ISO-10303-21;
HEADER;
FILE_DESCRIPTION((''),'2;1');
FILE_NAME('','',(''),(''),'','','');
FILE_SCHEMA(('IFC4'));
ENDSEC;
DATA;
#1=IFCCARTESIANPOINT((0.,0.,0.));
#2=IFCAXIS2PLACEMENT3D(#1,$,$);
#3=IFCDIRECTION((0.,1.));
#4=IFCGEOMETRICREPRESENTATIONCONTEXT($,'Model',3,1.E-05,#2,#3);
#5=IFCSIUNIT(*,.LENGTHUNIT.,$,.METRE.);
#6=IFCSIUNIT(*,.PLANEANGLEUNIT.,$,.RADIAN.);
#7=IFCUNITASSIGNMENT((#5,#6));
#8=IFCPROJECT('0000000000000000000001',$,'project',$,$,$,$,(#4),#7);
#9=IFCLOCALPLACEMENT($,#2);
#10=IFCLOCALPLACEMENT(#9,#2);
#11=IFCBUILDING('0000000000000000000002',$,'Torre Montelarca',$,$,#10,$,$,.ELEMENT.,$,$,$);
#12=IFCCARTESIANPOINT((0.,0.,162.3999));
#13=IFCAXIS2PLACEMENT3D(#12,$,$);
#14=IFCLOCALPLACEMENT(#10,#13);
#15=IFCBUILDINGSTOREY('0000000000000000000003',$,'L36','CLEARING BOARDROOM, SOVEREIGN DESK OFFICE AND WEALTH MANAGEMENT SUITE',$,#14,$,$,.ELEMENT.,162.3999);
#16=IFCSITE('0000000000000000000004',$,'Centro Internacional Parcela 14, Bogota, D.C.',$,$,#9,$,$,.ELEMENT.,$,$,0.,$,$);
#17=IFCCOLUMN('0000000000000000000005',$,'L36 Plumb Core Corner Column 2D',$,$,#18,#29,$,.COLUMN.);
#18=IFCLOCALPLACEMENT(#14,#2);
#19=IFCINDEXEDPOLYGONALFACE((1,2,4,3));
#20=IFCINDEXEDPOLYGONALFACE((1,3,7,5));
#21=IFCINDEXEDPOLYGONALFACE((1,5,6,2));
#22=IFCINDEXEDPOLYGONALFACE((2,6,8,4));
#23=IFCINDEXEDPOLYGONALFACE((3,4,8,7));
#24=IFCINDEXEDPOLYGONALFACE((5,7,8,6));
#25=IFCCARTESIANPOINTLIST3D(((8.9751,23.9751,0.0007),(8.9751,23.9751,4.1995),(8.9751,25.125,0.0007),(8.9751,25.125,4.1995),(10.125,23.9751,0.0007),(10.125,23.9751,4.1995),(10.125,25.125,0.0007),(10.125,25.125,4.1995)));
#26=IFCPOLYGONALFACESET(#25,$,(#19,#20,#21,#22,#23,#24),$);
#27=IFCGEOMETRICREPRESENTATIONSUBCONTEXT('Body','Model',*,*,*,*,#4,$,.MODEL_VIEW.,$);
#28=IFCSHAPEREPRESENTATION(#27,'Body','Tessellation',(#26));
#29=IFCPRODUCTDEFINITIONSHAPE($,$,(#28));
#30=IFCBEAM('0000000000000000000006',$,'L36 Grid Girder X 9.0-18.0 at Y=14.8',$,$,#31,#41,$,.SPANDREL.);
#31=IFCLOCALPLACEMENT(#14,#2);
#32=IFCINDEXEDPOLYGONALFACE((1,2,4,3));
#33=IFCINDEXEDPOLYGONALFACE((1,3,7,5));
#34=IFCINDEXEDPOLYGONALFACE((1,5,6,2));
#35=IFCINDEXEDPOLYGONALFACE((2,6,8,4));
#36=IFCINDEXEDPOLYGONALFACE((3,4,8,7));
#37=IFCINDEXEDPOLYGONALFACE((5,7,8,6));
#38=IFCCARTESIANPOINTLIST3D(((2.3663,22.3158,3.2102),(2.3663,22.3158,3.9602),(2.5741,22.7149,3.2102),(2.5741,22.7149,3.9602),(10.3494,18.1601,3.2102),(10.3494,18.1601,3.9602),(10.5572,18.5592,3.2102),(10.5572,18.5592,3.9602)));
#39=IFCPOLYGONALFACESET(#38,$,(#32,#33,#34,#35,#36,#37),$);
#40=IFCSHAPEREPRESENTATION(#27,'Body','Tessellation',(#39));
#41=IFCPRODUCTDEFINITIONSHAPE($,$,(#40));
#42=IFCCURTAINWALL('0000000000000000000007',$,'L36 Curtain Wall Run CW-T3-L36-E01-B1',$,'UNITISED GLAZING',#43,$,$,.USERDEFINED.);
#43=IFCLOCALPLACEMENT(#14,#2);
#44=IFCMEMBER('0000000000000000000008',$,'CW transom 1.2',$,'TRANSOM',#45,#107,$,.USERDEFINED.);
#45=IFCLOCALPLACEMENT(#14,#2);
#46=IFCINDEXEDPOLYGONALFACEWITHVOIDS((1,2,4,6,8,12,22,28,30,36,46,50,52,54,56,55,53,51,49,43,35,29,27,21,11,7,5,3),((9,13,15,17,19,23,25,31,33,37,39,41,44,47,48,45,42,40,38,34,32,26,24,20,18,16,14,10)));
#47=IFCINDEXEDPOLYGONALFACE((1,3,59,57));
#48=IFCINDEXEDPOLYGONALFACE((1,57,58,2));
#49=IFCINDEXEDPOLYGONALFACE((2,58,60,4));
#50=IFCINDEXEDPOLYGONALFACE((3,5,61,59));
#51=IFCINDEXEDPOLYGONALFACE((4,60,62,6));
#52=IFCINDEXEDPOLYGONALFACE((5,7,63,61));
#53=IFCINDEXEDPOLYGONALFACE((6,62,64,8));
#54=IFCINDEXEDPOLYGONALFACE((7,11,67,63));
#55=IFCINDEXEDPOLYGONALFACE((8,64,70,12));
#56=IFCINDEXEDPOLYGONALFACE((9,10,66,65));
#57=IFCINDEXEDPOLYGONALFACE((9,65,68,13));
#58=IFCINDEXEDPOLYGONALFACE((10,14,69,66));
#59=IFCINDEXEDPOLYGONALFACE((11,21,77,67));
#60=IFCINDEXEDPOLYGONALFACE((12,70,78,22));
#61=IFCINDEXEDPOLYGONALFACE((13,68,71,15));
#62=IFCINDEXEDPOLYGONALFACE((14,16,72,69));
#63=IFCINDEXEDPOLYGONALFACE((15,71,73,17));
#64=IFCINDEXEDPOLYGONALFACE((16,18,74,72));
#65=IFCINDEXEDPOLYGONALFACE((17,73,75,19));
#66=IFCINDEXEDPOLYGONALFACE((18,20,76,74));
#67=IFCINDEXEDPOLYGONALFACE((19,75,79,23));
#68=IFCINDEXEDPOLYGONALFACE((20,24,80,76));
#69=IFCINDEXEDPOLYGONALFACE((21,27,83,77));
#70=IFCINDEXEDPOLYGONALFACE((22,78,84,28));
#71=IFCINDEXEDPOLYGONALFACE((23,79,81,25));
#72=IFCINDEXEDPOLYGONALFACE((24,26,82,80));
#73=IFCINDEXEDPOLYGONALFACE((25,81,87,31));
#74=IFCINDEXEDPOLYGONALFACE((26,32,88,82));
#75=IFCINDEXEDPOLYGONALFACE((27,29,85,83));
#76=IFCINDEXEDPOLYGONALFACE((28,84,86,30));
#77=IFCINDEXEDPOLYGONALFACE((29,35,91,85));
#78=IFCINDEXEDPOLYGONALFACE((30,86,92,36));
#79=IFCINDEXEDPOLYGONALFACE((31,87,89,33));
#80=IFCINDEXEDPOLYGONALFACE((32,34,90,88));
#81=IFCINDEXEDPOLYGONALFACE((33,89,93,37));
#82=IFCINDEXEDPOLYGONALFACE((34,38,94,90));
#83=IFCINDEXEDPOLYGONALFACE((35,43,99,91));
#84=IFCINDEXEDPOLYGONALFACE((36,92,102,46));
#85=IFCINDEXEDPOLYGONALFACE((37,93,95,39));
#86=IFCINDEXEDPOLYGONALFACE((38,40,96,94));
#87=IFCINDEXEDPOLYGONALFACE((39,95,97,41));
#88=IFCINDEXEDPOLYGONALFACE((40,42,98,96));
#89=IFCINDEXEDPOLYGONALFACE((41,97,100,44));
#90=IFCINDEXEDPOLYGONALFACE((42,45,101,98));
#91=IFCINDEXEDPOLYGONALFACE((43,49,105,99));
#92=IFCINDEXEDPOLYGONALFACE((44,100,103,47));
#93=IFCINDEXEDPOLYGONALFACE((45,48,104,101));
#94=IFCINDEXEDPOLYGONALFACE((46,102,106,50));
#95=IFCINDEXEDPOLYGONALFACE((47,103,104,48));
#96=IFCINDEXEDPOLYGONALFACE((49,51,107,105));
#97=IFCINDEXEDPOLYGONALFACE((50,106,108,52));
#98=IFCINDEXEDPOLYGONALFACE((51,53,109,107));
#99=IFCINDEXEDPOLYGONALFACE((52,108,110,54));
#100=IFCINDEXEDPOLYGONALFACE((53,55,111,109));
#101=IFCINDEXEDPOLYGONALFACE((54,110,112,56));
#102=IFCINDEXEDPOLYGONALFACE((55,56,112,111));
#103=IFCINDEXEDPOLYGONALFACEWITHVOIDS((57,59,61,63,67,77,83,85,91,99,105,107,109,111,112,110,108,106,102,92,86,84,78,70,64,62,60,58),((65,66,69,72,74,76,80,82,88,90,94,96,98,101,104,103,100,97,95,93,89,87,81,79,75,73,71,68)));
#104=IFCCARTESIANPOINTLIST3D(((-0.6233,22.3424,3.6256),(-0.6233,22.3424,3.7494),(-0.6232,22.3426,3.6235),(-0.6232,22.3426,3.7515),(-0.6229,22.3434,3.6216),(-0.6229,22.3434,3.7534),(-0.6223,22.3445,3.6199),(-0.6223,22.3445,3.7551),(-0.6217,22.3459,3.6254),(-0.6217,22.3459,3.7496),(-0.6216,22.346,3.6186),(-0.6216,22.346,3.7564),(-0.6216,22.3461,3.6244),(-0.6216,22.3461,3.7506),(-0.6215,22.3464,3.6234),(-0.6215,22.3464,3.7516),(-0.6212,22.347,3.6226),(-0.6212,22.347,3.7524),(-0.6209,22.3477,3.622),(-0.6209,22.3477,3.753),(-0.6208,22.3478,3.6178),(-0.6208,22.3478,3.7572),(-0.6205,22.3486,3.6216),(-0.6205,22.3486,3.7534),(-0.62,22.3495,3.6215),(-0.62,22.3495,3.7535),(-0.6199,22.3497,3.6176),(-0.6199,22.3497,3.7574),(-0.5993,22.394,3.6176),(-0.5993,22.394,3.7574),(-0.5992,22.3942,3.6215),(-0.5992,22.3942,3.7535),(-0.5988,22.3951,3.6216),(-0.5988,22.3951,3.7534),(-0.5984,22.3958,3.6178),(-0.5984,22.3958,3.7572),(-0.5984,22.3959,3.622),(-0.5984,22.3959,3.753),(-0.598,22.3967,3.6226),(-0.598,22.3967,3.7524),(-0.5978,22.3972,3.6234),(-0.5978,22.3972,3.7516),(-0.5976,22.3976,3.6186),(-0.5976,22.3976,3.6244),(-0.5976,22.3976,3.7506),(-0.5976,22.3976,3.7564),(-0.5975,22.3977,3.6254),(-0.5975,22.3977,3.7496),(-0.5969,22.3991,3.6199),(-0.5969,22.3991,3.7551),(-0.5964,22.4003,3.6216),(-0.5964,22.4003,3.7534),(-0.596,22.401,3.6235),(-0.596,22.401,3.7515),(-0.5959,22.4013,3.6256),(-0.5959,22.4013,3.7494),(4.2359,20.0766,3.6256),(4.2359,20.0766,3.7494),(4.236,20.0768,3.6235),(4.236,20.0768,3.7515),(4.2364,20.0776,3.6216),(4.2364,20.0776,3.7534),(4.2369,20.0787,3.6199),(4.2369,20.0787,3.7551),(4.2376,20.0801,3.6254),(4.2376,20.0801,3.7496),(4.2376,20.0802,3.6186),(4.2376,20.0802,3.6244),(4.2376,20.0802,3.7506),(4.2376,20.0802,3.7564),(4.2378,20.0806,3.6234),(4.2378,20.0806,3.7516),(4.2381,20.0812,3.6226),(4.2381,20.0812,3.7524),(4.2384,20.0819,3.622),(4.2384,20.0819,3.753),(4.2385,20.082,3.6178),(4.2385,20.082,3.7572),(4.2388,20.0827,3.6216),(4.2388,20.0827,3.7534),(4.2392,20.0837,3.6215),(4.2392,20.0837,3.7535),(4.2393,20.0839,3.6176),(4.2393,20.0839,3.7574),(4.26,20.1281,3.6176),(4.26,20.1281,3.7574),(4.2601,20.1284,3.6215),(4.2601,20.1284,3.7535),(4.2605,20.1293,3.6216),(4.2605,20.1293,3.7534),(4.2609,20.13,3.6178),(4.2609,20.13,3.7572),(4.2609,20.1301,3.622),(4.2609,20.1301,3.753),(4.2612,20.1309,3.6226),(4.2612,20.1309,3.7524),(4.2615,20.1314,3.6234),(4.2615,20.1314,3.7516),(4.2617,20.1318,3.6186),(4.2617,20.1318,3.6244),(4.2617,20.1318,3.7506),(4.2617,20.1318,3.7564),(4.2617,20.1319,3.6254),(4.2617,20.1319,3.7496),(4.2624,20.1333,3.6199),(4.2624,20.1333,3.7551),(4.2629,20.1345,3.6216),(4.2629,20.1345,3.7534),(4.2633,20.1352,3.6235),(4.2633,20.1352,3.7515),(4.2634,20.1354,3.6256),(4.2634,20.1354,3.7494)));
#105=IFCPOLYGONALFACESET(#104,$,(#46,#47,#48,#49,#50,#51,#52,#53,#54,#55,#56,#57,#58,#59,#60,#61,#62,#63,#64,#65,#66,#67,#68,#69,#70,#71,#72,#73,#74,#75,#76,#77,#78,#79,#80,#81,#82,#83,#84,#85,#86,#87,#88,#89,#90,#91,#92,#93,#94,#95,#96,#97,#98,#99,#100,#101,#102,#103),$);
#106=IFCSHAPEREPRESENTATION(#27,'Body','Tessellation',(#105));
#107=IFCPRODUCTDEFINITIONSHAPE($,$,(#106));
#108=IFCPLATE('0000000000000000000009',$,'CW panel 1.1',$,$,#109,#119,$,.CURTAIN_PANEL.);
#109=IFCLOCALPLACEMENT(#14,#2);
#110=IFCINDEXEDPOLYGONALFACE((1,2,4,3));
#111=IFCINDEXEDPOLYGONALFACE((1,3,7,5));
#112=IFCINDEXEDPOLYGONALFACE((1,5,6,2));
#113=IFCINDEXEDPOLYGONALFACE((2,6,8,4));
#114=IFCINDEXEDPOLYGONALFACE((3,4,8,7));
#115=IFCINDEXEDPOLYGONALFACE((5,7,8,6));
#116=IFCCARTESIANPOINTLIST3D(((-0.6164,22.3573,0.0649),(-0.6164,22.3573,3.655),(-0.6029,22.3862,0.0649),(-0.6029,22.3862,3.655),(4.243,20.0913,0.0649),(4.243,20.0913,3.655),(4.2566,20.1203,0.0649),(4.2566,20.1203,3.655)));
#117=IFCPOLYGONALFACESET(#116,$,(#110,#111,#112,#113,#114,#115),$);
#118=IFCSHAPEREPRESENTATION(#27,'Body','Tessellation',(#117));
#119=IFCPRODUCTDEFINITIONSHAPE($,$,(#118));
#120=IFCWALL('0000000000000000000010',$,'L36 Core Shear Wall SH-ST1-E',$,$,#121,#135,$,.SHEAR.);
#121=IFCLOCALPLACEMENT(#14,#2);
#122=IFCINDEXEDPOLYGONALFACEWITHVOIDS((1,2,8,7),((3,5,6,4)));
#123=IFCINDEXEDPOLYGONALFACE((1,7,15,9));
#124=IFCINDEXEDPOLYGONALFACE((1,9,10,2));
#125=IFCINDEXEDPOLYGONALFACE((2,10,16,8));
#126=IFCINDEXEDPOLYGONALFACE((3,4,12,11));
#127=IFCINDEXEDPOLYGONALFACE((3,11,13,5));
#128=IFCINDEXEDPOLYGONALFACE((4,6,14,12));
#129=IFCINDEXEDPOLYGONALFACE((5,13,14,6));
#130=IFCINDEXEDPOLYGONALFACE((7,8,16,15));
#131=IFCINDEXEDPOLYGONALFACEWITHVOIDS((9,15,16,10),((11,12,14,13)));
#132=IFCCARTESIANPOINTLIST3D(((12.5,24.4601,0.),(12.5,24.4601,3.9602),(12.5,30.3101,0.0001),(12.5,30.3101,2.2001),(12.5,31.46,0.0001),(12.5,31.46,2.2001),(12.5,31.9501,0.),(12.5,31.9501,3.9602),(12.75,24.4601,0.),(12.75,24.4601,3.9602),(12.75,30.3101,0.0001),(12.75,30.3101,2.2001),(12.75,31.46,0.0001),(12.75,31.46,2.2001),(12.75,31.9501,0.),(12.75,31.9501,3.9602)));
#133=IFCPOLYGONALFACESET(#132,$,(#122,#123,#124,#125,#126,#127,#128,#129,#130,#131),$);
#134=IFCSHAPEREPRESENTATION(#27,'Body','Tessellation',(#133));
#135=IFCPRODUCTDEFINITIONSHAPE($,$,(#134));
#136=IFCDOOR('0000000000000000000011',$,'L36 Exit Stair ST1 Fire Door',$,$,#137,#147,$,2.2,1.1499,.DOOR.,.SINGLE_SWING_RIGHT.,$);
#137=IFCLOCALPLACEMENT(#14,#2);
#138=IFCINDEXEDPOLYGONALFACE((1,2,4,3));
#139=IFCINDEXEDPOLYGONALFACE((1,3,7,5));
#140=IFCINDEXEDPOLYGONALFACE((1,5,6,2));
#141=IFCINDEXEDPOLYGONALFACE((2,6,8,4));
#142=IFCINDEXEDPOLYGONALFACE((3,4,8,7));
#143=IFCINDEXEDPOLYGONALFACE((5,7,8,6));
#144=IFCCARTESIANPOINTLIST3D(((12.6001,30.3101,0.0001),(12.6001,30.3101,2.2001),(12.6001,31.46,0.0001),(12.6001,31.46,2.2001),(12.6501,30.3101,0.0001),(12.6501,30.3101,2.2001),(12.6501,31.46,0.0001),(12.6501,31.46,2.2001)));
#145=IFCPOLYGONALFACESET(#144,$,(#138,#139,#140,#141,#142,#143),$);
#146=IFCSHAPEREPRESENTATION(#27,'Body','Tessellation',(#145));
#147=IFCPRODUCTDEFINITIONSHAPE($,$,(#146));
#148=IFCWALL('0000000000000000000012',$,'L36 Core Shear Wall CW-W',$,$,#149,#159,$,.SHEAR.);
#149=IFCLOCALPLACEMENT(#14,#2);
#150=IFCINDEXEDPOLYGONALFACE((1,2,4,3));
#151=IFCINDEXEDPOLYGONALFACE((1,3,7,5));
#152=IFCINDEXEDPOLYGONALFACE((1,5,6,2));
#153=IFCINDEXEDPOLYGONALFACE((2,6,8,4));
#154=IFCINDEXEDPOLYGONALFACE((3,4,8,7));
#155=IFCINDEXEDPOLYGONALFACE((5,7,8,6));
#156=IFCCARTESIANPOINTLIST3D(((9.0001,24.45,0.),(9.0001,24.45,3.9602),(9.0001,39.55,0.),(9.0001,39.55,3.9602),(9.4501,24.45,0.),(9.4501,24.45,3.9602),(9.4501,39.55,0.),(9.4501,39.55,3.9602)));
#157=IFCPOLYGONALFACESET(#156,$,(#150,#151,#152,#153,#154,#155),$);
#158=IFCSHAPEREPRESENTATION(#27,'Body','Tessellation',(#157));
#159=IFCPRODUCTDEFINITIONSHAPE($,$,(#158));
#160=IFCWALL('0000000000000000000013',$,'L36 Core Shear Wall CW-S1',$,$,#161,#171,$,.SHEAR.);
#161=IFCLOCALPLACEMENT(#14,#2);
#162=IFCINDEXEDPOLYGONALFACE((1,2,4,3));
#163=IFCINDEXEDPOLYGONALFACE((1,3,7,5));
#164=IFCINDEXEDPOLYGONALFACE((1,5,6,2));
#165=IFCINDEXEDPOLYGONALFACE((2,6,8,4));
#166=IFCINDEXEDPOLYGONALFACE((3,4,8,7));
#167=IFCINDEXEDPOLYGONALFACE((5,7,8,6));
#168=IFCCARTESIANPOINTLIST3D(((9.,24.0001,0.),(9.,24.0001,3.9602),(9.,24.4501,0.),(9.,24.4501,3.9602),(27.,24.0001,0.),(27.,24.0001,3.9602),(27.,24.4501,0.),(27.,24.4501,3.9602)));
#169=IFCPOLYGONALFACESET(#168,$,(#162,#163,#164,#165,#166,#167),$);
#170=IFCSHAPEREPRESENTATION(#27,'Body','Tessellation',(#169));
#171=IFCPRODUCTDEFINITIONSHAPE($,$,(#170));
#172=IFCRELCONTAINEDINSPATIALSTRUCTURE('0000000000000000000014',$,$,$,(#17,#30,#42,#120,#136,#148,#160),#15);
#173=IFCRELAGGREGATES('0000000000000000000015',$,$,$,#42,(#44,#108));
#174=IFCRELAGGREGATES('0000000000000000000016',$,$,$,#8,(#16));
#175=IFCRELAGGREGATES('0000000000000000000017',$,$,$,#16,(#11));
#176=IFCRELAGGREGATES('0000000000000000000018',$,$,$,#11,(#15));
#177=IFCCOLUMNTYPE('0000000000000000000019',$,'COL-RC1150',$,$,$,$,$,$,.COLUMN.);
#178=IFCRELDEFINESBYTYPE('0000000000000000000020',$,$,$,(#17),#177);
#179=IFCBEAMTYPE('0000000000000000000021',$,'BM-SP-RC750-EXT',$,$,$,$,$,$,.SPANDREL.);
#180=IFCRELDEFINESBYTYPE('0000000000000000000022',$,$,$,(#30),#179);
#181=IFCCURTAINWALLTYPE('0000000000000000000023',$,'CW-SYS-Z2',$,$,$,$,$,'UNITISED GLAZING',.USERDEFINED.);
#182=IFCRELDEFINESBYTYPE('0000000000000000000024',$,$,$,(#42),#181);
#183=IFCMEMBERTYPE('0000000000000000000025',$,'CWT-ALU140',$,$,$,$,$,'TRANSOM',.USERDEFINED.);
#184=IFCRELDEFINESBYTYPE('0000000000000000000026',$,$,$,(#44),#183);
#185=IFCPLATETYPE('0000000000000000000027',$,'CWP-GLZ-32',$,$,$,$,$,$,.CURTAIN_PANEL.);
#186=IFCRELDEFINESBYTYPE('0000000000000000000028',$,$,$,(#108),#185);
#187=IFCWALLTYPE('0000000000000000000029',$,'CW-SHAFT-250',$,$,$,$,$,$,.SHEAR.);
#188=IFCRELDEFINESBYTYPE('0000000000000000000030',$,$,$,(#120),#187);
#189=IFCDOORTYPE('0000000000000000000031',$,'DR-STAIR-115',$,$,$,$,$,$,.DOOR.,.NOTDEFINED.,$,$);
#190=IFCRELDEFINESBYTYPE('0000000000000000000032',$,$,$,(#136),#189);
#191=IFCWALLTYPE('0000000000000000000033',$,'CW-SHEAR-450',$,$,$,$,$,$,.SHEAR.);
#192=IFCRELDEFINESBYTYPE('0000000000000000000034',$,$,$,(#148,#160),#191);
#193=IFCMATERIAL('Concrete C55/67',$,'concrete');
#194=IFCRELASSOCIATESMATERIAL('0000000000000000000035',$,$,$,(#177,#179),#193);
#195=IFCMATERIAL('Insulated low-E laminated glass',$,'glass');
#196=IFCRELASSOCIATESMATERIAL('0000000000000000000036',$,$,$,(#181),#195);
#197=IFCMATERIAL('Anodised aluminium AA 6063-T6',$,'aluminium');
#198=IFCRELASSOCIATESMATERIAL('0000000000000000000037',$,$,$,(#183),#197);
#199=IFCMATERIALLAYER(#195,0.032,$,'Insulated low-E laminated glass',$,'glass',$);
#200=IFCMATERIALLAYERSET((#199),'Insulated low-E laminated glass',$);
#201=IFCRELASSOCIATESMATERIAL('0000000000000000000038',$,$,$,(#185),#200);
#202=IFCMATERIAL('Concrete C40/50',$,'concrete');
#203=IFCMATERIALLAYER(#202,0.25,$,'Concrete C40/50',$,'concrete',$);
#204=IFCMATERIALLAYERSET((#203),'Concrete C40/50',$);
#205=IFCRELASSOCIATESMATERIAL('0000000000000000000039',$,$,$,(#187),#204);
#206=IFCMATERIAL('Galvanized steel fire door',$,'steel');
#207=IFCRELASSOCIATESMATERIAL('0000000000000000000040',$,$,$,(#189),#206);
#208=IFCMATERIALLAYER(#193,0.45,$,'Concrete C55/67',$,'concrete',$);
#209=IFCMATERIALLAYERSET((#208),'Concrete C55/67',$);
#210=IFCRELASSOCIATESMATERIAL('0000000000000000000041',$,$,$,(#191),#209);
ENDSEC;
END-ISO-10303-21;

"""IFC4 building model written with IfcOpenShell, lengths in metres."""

from ifc_helpers import new_model, si_unit, direction, frame, frame_2d, origin, origin_2d, place, context, subcontext, project, spatial, rectangle, hollow_rectangle, extrude, source, transform, mapped, material, layer, layer_set, material_profile, profile_set, type_object, element, fill, aggregate, save


model = new_model("IFC4")

# Units and contexts
model_context = context("Model", 3, precision=1e-05, world=origin(), true_north=direction((0.0, 1.0)))
body_context = subcontext(model_context, "Body", "Model", "MODEL_VIEW")
ifc_project = project(units=[si_unit("LENGTHUNIT", "METRE"), si_unit("PLANEANGLEUNIT", "RADIAN")], contexts=[model_context])

# Site, building, storey
site_placement = place(None, origin())
site = spatial("IfcSite", under=ifc_project, at=site_placement, Name="Centro Internacional Parcela 14, Bogota, D.C.", CompositionType="ELEMENT", RefElevation=0.0)
building_placement = place(site_placement, origin())
building = spatial("IfcBuilding", under=site, at=building_placement, Name="Torre Montelarca", CompositionType="ELEMENT")
storey_placement = place(building_placement, frame((0.0, 0.0, 162.3999)))
storey = spatial("IfcBuildingStorey", under=building, at=storey_placement, Name="L36", Description="CLEARING BOARDROOM, SOVEREIGN DESK OFFICE AND WEALTH MANAGEMENT SUITE", CompositionType="ELEMENT", Elevation=162.3999)

# Column
ifc_material_1 = material(Name="Concrete C55/67", Category="concrete")
ifc_material_profile_1 = material_profile(ifc_material_1, rectangle(XDim=1.1499, YDim=1.1499, at=origin_2d()), Name="RC1150X1150", Category="concrete")
ifc_profile_set_1 = profile_set([ifc_material_profile_1], Name="Concrete C55/67")
column_type_1 = type_object("IfcColumnType", Name="COL-RC1150", PredefinedType="COLUMN", material=ifc_profile_set_1)
shared_shape_1 = source(origin(), body_context, "Body", "SweptSolid", [
    extrude(rectangle(XDim=1.1499, YDim=1.1499, at=origin_2d()), origin(), (0.0, 0.0, 1.0), 4.1987),
])
column_1_placement = place(storey_placement, frame((9.55, 24.55, 0.0007), z_axis=(0.0, 0.0, 1.0), x_axis=(1.0, 0.0, 0.0)))
element("IfcColumn", 1, at=column_1_placement, inside=storey, type_object=column_type_1, Name="L36 Plumb Core Corner Column 2D", PredefinedType="COLUMN", context=body_context, shape_type="MappedRepresentation", body=[
    mapped(shared_shape_1, transform((0.0, 0.0, 0.0), scale=1.0)),
])

# Beam
ifc_material_profile_2 = material_profile(ifc_material_1, rectangle(XDim=0.45, YDim=0.75, at=origin_2d()), Name="RCB450X750", Category="concrete")
ifc_profile_set_2 = profile_set([ifc_material_profile_2], Name="Concrete C55/67")
beam_type = type_object("IfcBeamType", Name="BM-SP-RC750-EXT", PredefinedType="SPANDREL", material=ifc_profile_set_2)
shared_shape_2 = source(origin(), body_context, "Body", "SweptSolid", [
    extrude(rectangle(XDim=0.45, YDim=0.75, at=origin_2d()), origin(), (0.0, 0.0, 1.0), 9.0),
])
beam_placement = place(storey_placement, frame((2.4702, 22.5154, 3.5852), z_axis=(0.887011, -0.461748, 0.0), x_axis=(0.461748, 0.887011, 0.0)))
element("IfcBeam", 2, at=beam_placement, inside=storey, type_object=beam_type, Name="L36 Grid Girder X 9.0-18.0 at Y=14.8", PredefinedType="SPANDREL", context=body_context, shape_type="MappedRepresentation", body=[
    mapped(shared_shape_2, transform((0.0, 0.0, 0.0), scale=1.0)),
])

# Curtain wall, member, plate
ifc_material_2 = material(Name="Insulated low-E laminated glass", Category="glass")
curtain_wall_type = type_object("IfcCurtainWallType", Name="CW-SYS-Z2", ElementType="UNITISED GLAZING", PredefinedType="USERDEFINED", material=ifc_material_2)
curtain_wall_placement = place(storey_placement, origin())
curtain_wall = element("IfcCurtainWall", 3, at=curtain_wall_placement, inside=storey, type_object=curtain_wall_type, Name="L36 Curtain Wall Run CW-T3-L36-E01-B1", ObjectType="UNITISED GLAZING", PredefinedType="USERDEFINED")
ifc_material_3 = material(Name="Anodised aluminium AA 6063-T6", Category="aluminium")
ifc_material_profile_3 = material_profile(ifc_material_3, hollow_rectangle(XDim=0.0649, YDim=0.1399, WallThickness=0.0039, InnerFilletRadius=0.0039, OuterFilletRadius=0.0081, at=origin_2d()), Name="ALU65X140X4", Category="aluminium")
ifc_profile_set_3 = profile_set([ifc_material_profile_3], Name="Anodised aluminium AA 6063-T6")
member_type = type_object("IfcMemberType", Name="CWT-ALU140", ElementType="TRANSOM", PredefinedType="USERDEFINED", material=ifc_profile_set_3)
shared_shape_3 = source(origin(), body_context, "Body", "SweptSolid", [
    extrude(hollow_rectangle(XDim=0.0649, YDim=0.1399, WallThickness=0.0039, InnerFilletRadius=0.0039, OuterFilletRadius=0.0081, at=origin_2d()), origin(), (0.0, 0.0, 1.0), 5.3616),
])
member_placement = place(storey_placement, frame((-0.6096, 22.3718, 3.6875), z_axis=(0.906315, -0.422604, 0.0), x_axis=(0.422604, 0.906315, 0.0)))
member = element("IfcMember", 4, at=member_placement, type_object=member_type, Name="CW transom 1.2", ObjectType="TRANSOM", PredefinedType="USERDEFINED", context=body_context, shape_type="MappedRepresentation", body=[
    mapped(shared_shape_3, transform((0.0, 0.0, 0.0), scale=1.0)),
])
ifc_layer_1 = layer(ifc_material_2, 0.032, Name="Insulated low-E laminated glass", Category="glass")
ifc_layer_set_1 = layer_set([ifc_layer_1], Name="Insulated low-E laminated glass")
plate_type = type_object("IfcPlateType", Name="CWP-GLZ-32", PredefinedType="CURTAIN_PANEL", material=ifc_layer_set_1)
shared_shape_4 = source(origin(), body_context, "Body", "SweptSolid", [
    extrude(rectangle(XDim=5.3618, YDim=0.032, at=origin_2d()), origin(), (0.0, 0.0, 1.0), 3.5901),
])
plate_placement = place(storey_placement, frame((1.8201, 21.2388, 0.0649), z_axis=(0.0, 0.0, 1.0), x_axis=(0.906311, -0.422611, 0.0)))
plate = element("IfcPlate", 5, at=plate_placement, type_object=plate_type, Name="CW panel 1.1", PredefinedType="CURTAIN_PANEL", context=body_context, shape_type="MappedRepresentation", body=[
    mapped(shared_shape_4, transform((0.0, 0.0, 0.0), scale=1.0)),
])
aggregate(curtain_wall, [member, plate])

# Wall, opening, door
ifc_material_4 = material(Name="Concrete C40/50", Category="concrete")
ifc_layer_2 = layer(ifc_material_4, 0.25, Name="Concrete C40/50", Category="concrete")
ifc_layer_set_2 = layer_set([ifc_layer_2], Name="Concrete C40/50")
wall_type_1 = type_object("IfcWallType", Name="CW-SHAFT-250", PredefinedType="SHEAR", material=ifc_layer_set_2)
wall_1_placement = place(storey_placement, frame((12.625, 24.46, 0.0), z_axis=(0.0, 0.0, 1.0), x_axis=(0.0, 1.0, 0.0)))
wall_1 = element("IfcWall", 6, at=wall_1_placement, inside=storey, type_object=wall_type_1, Name="L36 Core Shear Wall SH-ST1-E", PredefinedType="SHEAR", context=body_context, shape_type="SweptSolid", body=[
    extrude(rectangle(XDim=7.49, YDim=0.25, at=frame_2d((3.7451, 0.0))), origin(), (0.0, 0.0, 1.0), 3.9602),
])
opening_1_placement = place(wall_1_placement, frame((5.8501, 0.0, 0.0)))
opening_1 = element("IfcOpeningElement", 7, at=opening_1_placement, cuts=wall_1, PredefinedType="OPENING", context=body_context, shape_type="SweptSolid", body=[
    extrude(rectangle(XDim=1.1499, YDim=2.2, at=frame_2d((0.575, 1.1001))), frame((0.0, 0.135, 0.0), z_axis=(0.0, -1.0, 0.0), x_axis=(1.0, 0.0, 0.0)), (0.0, 0.0, 1.0), 0.27),
])
ifc_material_5 = material(Name="Galvanized steel fire door", Category="steel")
door_type_1 = type_object("IfcDoorType", Name="DR-STAIR-115", OperationType="NOTDEFINED", PredefinedType="DOOR", material=ifc_material_5)
shared_shape_5 = source(origin(), body_context, "Body", "SweptSolid", [
    extrude(rectangle(XDim=1.1499, YDim=2.2, at=frame_2d((0.575, 1.1001))), frame((0.0, 0.0249, 0.0), z_axis=(0.0, -1.0, 0.0), x_axis=(1.0, 0.0, 0.0)), (0.0, 0.0, 1.0), 0.05),
])
door_1_placement = place(opening_1_placement, origin())
door_1 = element("IfcDoor", 8, at=door_1_placement, inside=storey, type_object=door_type_1, Name="L36 Exit Stair ST1 Fire Door", OperationType="SINGLE_SWING_RIGHT", OverallHeight=2.2, OverallWidth=1.1499, PredefinedType="DOOR", context=body_context, shape_type="MappedRepresentation", body=[
    mapped(shared_shape_5, transform((0.0, 0.0, 0.0), scale=1.0)),
])
fill(opening_1, door_1)

# Walls
ifc_layer_3 = layer(ifc_material_1, 0.45, Name="Concrete C55/67", Category="concrete")
ifc_layer_set_3 = layer_set([ifc_layer_3], Name="Concrete C55/67")
wall_type_2 = type_object("IfcWallType", Name="CW-SHEAR-450", PredefinedType="SHEAR", material=ifc_layer_set_3)
wall_2_placement = place(storey_placement, frame((9.2251, 24.45, 0.0), z_axis=(0.0, 0.0, 1.0), x_axis=(0.0, 1.0, 0.0)))
element("IfcWall", 9, at=wall_2_placement, inside=storey, type_object=wall_type_2, Name="L36 Core Shear Wall CW-W", PredefinedType="SHEAR", context=body_context, shape_type="SweptSolid", body=[
    extrude(rectangle(XDim=15.1001, YDim=0.45, at=frame_2d((7.55, 0.0))), origin(), (0.0, 0.0, 1.0), 3.9602),
])
wall_3_placement = place(storey_placement, frame((9.0, 24.2251, 0.0), z_axis=(0.0, 0.0, 1.0), x_axis=(1.0, 0.0, 0.0)))
element("IfcWall", 10, at=wall_3_placement, inside=storey, type_object=wall_type_2, Name="L36 Core Shear Wall CW-S1", PredefinedType="SHEAR", context=body_context, shape_type="SweptSolid", body=[
    extrude(rectangle(XDim=18.0, YDim=0.45, at=frame_2d((9.0, 0.0))), origin(), (0.0, 0.0, 1.0), 3.9602),
])

save(model, "model.ifc")
